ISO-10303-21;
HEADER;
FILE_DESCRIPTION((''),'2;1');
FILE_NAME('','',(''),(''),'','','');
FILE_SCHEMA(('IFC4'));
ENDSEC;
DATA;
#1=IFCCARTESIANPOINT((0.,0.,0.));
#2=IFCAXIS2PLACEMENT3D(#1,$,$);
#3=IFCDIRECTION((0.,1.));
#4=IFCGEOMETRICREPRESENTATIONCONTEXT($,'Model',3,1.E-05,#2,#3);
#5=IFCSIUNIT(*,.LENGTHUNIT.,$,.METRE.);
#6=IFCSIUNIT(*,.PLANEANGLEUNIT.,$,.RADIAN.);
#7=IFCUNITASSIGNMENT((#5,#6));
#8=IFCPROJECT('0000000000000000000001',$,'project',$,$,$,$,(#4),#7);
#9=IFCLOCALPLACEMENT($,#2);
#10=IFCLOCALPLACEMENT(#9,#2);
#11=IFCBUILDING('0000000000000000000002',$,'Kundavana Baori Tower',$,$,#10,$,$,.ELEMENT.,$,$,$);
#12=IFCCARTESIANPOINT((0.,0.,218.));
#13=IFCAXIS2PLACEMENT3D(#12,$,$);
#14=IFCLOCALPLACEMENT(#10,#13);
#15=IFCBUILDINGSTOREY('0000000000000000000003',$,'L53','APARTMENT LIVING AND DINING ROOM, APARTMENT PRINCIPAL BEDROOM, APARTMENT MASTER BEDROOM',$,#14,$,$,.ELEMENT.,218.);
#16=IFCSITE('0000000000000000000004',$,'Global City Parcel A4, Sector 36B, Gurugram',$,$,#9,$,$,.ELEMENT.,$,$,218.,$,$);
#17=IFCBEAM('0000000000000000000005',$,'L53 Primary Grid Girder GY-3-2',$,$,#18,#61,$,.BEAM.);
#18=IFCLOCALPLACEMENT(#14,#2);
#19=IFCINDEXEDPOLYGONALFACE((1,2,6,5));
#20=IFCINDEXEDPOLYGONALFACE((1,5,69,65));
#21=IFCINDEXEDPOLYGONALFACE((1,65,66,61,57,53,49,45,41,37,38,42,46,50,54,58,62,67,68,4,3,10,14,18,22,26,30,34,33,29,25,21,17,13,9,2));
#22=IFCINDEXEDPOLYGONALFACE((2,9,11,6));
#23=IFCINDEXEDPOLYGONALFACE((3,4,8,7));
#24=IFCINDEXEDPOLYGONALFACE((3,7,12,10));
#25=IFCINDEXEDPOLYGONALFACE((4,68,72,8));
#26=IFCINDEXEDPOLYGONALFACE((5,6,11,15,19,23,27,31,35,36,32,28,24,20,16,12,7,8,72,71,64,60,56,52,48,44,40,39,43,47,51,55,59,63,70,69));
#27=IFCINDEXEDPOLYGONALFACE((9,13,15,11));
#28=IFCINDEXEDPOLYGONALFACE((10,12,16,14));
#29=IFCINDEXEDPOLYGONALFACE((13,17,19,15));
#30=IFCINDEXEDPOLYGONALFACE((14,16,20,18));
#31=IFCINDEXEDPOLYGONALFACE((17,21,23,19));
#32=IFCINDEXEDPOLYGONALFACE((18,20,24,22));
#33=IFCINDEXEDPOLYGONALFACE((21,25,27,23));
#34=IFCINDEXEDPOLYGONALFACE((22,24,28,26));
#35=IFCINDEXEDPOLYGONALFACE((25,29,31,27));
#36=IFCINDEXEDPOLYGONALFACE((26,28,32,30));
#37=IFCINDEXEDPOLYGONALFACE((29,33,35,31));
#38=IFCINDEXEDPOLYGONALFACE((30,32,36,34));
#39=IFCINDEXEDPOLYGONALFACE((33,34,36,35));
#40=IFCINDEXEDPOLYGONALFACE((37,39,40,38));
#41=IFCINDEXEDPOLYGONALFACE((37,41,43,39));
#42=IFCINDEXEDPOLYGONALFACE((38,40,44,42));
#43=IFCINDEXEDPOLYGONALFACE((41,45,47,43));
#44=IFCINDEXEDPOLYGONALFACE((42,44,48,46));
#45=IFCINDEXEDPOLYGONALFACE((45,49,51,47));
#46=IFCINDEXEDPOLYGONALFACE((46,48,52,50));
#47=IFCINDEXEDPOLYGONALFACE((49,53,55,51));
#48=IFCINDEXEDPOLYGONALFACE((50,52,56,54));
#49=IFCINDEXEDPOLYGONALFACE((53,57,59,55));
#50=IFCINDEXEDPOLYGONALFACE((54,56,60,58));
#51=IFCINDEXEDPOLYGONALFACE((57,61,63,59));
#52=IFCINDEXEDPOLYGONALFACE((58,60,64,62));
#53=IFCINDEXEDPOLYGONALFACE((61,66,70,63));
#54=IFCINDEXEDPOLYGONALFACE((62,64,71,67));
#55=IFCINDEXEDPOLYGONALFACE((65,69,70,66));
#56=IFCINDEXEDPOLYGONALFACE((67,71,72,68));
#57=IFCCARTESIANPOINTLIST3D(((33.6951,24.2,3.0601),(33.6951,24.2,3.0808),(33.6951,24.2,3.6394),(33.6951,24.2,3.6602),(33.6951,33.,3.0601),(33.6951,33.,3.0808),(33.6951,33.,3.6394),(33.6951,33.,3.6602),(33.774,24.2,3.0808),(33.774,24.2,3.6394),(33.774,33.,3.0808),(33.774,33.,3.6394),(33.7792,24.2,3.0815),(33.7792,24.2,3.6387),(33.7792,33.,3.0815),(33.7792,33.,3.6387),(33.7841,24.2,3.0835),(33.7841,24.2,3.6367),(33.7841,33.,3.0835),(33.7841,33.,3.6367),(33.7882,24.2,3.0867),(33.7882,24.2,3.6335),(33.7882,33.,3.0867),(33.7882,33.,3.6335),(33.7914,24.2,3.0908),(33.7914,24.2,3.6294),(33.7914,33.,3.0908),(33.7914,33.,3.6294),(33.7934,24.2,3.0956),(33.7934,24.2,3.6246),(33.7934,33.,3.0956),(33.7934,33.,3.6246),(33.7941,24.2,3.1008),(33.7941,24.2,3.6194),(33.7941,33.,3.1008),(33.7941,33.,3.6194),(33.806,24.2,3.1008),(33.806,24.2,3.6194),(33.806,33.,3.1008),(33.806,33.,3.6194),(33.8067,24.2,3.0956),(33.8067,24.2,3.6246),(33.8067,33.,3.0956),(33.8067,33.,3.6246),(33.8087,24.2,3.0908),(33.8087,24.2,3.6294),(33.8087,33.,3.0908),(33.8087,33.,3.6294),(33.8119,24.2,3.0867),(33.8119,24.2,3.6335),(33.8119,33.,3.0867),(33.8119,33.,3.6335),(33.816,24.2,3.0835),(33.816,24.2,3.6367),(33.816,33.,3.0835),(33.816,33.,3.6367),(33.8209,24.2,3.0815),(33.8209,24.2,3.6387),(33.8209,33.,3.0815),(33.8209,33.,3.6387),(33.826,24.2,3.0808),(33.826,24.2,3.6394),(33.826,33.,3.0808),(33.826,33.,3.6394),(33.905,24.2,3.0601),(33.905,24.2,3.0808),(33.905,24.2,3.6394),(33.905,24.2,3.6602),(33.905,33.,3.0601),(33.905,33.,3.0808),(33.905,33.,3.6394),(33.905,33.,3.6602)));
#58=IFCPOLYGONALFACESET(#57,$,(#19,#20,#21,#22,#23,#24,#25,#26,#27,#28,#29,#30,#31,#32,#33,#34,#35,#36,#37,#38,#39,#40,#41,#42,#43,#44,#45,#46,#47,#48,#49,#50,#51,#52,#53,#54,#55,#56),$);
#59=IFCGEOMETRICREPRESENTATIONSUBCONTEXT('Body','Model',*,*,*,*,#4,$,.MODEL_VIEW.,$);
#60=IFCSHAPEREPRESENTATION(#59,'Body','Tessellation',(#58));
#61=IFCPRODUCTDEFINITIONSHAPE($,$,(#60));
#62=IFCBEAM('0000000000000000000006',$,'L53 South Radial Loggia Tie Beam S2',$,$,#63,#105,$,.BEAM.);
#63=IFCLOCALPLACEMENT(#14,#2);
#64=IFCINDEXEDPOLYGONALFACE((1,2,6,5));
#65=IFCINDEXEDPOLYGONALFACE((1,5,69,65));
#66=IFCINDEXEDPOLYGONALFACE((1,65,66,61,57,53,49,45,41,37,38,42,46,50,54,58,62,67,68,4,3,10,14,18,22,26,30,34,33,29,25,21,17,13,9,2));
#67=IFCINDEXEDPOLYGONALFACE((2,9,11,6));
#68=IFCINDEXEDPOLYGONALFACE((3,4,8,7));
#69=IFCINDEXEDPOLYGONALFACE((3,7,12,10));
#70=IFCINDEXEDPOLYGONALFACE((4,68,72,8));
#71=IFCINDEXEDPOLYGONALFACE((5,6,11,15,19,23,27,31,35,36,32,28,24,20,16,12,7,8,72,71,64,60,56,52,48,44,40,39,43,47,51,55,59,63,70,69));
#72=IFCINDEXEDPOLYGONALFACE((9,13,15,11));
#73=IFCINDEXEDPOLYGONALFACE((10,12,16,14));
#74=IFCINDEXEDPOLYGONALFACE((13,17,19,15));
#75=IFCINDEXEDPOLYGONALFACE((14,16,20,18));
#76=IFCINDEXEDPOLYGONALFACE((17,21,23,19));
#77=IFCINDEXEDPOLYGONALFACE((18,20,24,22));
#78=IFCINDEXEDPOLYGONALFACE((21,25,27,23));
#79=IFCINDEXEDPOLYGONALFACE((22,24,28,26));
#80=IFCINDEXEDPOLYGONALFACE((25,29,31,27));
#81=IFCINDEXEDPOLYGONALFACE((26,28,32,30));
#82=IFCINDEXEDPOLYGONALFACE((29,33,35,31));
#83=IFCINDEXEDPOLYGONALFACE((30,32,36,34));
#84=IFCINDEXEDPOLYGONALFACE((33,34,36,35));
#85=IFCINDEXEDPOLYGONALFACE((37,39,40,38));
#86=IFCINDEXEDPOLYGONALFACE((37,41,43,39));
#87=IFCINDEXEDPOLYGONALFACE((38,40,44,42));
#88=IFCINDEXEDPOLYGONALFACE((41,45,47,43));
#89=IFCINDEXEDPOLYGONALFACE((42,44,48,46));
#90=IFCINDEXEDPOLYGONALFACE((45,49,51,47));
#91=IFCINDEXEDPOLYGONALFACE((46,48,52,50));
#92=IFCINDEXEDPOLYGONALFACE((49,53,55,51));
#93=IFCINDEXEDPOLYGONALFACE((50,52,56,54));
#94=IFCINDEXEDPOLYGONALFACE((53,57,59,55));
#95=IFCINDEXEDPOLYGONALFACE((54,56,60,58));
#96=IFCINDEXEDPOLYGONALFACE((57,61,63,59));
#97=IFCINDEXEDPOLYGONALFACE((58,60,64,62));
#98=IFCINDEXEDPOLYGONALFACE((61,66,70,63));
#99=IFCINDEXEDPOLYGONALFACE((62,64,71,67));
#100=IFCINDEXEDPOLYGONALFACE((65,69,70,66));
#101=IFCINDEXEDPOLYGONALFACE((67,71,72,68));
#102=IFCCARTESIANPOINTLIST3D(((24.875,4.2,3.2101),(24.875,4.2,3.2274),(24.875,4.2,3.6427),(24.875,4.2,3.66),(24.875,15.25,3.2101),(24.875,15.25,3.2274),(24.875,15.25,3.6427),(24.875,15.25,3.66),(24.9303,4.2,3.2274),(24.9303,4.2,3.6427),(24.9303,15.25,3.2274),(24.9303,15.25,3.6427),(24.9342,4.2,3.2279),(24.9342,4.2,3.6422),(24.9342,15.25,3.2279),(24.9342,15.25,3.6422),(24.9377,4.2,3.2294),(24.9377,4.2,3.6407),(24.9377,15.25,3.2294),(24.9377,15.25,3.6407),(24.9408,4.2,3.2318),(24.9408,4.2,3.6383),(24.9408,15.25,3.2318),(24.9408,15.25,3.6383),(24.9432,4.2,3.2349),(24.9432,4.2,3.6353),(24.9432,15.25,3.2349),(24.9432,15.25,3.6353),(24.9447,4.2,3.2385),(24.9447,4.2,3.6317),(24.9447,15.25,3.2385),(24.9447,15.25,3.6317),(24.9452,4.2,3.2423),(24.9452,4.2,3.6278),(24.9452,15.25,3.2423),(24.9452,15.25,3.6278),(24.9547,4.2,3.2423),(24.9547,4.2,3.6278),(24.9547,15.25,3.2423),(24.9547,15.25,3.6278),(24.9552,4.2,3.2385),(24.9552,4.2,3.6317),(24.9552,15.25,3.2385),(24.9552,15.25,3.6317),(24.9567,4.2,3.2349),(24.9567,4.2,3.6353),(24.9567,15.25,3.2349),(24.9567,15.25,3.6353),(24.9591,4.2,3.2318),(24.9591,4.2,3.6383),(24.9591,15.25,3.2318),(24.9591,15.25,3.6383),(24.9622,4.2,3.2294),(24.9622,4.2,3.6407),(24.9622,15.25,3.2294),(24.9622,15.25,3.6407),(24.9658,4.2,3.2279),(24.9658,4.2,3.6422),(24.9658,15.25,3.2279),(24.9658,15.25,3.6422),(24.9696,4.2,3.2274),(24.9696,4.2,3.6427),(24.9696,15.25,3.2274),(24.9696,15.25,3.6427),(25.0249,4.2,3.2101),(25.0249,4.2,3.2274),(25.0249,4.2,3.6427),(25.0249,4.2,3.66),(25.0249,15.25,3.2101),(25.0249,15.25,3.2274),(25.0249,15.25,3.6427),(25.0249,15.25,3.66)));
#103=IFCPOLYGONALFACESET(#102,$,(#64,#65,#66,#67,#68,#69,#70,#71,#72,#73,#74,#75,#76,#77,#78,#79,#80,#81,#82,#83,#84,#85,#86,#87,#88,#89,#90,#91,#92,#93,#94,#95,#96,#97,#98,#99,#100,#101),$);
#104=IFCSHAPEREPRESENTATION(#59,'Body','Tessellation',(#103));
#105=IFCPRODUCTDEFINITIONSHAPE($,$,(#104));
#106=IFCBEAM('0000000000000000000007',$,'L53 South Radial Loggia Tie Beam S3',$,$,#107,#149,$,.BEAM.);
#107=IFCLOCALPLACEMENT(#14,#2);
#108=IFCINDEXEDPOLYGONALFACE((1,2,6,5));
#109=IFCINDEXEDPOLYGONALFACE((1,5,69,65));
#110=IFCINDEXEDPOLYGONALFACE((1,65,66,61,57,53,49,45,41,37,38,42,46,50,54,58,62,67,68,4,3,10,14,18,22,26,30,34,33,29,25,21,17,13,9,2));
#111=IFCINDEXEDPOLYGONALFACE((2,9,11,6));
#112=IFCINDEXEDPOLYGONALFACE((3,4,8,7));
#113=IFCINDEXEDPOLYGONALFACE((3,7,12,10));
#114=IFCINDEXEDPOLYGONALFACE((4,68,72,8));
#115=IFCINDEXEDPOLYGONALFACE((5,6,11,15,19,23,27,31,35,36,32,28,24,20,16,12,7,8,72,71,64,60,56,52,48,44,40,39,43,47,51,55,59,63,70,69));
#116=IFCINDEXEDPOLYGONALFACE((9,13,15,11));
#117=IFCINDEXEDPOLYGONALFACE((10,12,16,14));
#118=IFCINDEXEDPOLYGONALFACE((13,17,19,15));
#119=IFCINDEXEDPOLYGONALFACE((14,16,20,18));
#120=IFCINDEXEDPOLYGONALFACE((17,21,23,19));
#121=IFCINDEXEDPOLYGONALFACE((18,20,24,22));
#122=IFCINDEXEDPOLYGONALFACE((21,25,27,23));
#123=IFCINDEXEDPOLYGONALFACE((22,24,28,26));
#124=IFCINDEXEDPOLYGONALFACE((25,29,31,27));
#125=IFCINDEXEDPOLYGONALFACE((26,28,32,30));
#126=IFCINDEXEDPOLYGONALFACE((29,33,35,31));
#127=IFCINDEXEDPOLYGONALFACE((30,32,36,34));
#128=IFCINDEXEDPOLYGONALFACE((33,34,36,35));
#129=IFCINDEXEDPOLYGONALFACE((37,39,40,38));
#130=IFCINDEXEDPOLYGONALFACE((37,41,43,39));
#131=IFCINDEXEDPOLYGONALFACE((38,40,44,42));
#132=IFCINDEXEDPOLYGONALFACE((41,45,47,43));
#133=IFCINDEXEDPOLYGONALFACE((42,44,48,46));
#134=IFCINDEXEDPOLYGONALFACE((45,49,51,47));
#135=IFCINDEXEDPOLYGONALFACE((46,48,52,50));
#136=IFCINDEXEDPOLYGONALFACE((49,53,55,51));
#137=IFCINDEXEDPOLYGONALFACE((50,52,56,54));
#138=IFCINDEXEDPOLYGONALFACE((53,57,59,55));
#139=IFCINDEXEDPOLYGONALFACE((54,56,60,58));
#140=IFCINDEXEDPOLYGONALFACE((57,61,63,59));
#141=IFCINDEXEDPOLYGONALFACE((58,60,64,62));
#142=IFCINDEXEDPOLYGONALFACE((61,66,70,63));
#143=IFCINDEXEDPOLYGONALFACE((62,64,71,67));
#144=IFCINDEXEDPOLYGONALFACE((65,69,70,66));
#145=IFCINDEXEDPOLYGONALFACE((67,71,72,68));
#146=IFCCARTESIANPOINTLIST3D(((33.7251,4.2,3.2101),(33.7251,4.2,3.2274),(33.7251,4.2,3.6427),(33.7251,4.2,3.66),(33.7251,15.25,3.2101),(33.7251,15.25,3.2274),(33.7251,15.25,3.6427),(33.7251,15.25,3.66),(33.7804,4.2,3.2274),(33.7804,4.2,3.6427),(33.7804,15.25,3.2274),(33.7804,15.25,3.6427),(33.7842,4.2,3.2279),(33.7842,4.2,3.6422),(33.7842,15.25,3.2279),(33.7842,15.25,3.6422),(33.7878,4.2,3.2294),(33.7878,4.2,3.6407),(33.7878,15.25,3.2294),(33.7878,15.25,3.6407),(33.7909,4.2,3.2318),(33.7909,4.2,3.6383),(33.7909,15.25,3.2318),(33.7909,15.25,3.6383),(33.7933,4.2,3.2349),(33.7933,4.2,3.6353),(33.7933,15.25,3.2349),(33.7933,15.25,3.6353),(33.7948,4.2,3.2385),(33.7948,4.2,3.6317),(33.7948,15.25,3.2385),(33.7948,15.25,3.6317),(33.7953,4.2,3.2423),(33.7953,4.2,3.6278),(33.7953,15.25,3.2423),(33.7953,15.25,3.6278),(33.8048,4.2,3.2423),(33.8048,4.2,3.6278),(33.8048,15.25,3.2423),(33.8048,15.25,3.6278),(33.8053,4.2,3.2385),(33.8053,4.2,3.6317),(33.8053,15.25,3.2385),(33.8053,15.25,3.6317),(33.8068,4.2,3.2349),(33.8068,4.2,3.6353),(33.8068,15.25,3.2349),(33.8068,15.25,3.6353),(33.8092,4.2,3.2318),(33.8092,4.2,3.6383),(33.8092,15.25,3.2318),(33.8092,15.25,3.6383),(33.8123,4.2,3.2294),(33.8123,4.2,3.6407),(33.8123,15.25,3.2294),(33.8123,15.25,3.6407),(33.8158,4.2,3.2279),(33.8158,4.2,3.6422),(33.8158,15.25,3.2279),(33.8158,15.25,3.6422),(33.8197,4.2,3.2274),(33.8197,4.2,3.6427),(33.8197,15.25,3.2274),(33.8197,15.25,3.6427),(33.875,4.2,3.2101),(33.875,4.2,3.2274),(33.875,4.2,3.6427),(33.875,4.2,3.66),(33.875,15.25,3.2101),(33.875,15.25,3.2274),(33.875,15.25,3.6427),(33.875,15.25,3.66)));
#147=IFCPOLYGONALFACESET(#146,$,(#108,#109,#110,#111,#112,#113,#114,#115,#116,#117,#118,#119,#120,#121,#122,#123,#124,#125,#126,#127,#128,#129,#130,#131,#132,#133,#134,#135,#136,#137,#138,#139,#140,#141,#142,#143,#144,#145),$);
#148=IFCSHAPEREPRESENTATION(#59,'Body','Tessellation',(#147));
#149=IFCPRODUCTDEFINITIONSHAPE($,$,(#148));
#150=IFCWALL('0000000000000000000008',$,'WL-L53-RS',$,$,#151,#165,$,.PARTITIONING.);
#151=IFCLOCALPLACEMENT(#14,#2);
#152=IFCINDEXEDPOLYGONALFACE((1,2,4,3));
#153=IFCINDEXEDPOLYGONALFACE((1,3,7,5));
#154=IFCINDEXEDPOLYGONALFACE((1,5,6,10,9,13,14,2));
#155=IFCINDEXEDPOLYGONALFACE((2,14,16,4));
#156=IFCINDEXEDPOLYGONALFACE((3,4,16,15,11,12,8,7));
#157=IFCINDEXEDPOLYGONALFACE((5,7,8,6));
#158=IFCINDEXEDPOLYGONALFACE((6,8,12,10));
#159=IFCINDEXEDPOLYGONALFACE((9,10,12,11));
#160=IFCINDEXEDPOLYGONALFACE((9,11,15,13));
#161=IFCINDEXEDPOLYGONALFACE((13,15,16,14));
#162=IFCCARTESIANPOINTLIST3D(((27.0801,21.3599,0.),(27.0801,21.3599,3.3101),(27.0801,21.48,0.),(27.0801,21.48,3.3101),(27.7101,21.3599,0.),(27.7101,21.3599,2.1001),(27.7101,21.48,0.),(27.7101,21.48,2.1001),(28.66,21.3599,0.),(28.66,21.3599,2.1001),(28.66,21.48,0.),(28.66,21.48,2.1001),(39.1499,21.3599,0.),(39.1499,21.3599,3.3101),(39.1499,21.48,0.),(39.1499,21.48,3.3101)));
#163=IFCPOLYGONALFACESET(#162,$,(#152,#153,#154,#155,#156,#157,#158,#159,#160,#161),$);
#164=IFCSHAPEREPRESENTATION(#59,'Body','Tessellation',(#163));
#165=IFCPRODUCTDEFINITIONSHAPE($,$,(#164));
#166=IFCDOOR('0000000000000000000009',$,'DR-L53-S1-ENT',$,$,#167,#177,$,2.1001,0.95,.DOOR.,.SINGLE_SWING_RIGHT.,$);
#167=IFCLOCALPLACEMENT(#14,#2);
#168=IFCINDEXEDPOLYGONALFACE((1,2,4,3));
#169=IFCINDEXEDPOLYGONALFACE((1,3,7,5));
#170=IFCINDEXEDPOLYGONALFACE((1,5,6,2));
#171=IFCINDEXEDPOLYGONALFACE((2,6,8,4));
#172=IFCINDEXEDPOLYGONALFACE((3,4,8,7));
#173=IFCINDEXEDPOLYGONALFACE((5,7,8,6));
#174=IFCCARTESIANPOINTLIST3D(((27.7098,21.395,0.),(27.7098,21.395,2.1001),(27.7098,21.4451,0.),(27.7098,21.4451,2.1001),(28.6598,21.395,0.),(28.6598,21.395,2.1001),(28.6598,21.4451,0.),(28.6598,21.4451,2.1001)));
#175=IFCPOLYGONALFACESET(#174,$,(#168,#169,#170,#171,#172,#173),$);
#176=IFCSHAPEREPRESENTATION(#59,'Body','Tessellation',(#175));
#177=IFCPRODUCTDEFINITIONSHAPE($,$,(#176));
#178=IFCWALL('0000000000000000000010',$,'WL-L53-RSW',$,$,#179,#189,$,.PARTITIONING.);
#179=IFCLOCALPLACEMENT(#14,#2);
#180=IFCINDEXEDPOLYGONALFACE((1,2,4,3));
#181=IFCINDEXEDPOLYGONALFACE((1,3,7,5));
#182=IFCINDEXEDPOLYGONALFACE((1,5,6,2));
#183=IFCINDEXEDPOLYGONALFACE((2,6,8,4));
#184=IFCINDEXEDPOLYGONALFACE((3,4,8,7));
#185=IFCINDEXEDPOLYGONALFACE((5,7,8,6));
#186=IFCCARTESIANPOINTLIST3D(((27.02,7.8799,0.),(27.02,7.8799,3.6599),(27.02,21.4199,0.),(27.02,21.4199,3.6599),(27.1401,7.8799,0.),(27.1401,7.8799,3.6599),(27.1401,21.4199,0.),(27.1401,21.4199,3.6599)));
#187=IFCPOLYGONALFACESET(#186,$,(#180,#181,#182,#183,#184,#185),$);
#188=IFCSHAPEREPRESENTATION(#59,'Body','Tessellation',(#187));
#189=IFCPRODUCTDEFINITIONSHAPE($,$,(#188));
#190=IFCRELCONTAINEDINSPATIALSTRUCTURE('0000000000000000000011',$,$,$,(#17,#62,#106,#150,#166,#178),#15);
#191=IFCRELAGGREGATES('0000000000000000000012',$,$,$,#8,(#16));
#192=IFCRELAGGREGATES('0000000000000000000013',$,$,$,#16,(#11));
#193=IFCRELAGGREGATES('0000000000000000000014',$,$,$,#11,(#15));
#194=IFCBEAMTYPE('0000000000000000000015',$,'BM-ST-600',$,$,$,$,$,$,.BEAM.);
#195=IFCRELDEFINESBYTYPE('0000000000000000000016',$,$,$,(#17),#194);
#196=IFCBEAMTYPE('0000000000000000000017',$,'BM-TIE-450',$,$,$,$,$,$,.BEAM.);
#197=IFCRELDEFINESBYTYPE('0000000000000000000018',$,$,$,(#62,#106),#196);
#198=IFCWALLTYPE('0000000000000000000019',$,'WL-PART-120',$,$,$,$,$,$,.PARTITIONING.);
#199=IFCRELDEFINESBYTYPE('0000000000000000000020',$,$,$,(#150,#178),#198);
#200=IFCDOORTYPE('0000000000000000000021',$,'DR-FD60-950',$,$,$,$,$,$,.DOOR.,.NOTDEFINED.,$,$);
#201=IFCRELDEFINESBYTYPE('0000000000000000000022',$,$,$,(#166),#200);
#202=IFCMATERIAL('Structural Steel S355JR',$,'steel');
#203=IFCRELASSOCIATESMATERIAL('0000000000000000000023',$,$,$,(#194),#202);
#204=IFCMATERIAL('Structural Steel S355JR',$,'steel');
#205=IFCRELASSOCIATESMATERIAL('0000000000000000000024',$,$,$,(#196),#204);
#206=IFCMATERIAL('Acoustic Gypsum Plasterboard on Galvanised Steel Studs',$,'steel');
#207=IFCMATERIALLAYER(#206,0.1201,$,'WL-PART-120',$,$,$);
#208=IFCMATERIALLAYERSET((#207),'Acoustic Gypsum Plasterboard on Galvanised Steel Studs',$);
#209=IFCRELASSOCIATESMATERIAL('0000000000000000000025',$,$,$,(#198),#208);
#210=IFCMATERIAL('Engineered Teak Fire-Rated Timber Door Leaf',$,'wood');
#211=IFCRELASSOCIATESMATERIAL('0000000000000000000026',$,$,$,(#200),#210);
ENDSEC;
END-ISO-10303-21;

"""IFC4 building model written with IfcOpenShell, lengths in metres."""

from ifc_helpers import new_model, si_unit, direction, frame, frame_2d, origin, origin_2d, place, context, subcontext, project, spatial, rectangle, i_section, extrude, material, layer, layer_set, material_profile, profile_set, type_object, element, fill, save


model = new_model("IFC4")

# Units and contexts
model_context = context("Model", 3, precision=1e-05, world=origin(), true_north=direction((0.0, 1.0)))
body_context = subcontext(model_context, "Body", "Model", "MODEL_VIEW")
ifc_project = project(units=[si_unit("LENGTHUNIT", "METRE"), si_unit("PLANEANGLEUNIT", "RADIAN")], contexts=[model_context])

# Site, building, storey
site_placement = place(None, origin())
site = spatial("IfcSite", under=ifc_project, at=site_placement, Name="Global City Parcel A4, Sector 36B, Gurugram", CompositionType="ELEMENT", RefElevation=218.0)
building_placement = place(site_placement, origin())
building = spatial("IfcBuilding", under=site, at=building_placement, Name="Kundavana Baori Tower", CompositionType="ELEMENT")
storey_placement = place(building_placement, frame((0.0, 0.0, 218.0)))
storey = spatial("IfcBuildingStorey", under=building, at=storey_placement, Name="L53", Description="APARTMENT LIVING AND DINING ROOM, APARTMENT PRINCIPAL BEDROOM, APARTMENT MASTER BEDROOM", CompositionType="ELEMENT", Elevation=218.0)

# Beams
ifc_material_1 = material(Name="Structural Steel S355JR", Category="steel")
ifc_material_profile_1 = material_profile(ifc_material_1, i_section(OverallWidth=0.21, OverallDepth=0.6001, WebThickness=0.012, FlangeThickness=0.0208, FilletRadius=0.02, at=origin_2d()), Name="ISMB 600")
ifc_profile_set_1 = profile_set([ifc_material_profile_1], Name="Structural Steel S355JR")
beam_type_1 = type_object("IfcBeamType", Name="BM-ST-600", PredefinedType="BEAM", material=ifc_profile_set_1)
beam_1_placement = place(storey_placement, frame((33.8, 24.2, 3.3601), z_axis=(0.0, 1.0, 0.0), x_axis=(-1.0, 0.0, 0.0)))
element("IfcBeam", 1, at=beam_1_placement, inside=storey, type_object=beam_type_1, Name="L53 Primary Grid Girder GY-3-2", PredefinedType="BEAM", context=body_context, shape_type="SweptSolid", body=[
    extrude(i_section(OverallWidth=0.21, OverallDepth=0.6001, WebThickness=0.012, FlangeThickness=0.0208, FilletRadius=0.02, at=origin_2d()), origin(), (0.0, 0.0, 1.0), 8.8),
])
ifc_material_2 = material(Name="Structural Steel S355JR", Category="steel")
ifc_material_profile_2 = material_profile(ifc_material_2, i_section(OverallWidth=0.1499, OverallDepth=0.45, WebThickness=0.0095, FlangeThickness=0.0173, FilletRadius=0.0149, at=origin_2d()), Name="ISMB 450")
ifc_profile_set_2 = profile_set([ifc_material_profile_2], Name="Structural Steel S355JR")
beam_type_2 = type_object("IfcBeamType", Name="BM-TIE-450", PredefinedType="BEAM", material=ifc_profile_set_2)
for number, where, z_axis, x_axis, name in (
    (2, (24.95, 15.25, 3.4351), (0.0, -1.0, 0.0), (1.0, 0.0, 0.0), "L53 South Radial Loggia Tie Beam S2"),
    (3, (33.8, 15.25, 3.4351), (0.0, -1.0, 0.0), (1.0, 0.0, 0.0), "L53 South Radial Loggia Tie Beam S3"),
):
    element("IfcBeam", number, at=place(storey_placement, frame(where, z_axis=z_axis, x_axis=x_axis)), inside=storey, type_object=beam_type_2, Name=name, PredefinedType="BEAM", context=body_context, shape_type="SweptSolid", body=[
        extrude(i_section(OverallWidth=0.1499, OverallDepth=0.45, WebThickness=0.0095, FlangeThickness=0.0173, FilletRadius=0.0149, at=origin_2d()), origin(), (0.0, 0.0, 1.0), 11.05),
    ])

# Wall, opening, door
ifc_material_3 = material(Name="Acoustic Gypsum Plasterboard on Galvanised Steel Studs", Category="steel")
ifc_layer = layer(ifc_material_3, 0.1201, Name="WL-PART-120")
ifc_layer_set = layer_set([ifc_layer], Name="Acoustic Gypsum Plasterboard on Galvanised Steel Studs")
wall_type = type_object("IfcWallType", Name="WL-PART-120", PredefinedType="PARTITIONING", material=ifc_layer_set)
wall_1_placement = place(storey_placement, frame((27.0801, 21.4199, 0.0), z_axis=(0.0, 0.0, 1.0), x_axis=(1.0, 0.0, 0.0)))
wall_1 = element("IfcWall", 4, at=wall_1_placement, inside=storey, type_object=wall_type, Name="WL-L53-RS", PredefinedType="PARTITIONING", context=body_context, shape_type="SweptSolid", body=[
    extrude(rectangle(XDim=12.0698, YDim=0.1201, at=frame_2d((6.0349, 0.0))), origin(), (0.0, 0.0, 1.0), 3.3101),
])
opening_1_placement = place(wall_1_placement, frame((0.6299, 0.0, 0.0)))
opening_1 = element("IfcOpeningElement", 5, at=opening_1_placement, cuts=wall_1, PredefinedType="OPENING", context=body_context, shape_type="SweptSolid", body=[
    extrude(rectangle(XDim=0.95, YDim=2.1001, at=frame_2d((0.4751, 1.05))), frame((0.0, 0.0701, 0.0), z_axis=(0.0, -1.0, 0.0), x_axis=(1.0, 0.0, 0.0)), (0.0, 0.0, 1.0), 0.1401),
])
ifc_material_4 = material(Name="Engineered Teak Fire-Rated Timber Door Leaf", Category="wood")
door_type_1 = type_object("IfcDoorType", Name="DR-FD60-950", OperationType="NOTDEFINED", PredefinedType="DOOR", material=ifc_material_4)
door_1_placement = place(opening_1_placement, frame((0.95, 0.0, 0.0), z_axis=(0.0, 0.0, 1.0), x_axis=(-1.0, 0.0, 0.0)))
door_1 = element("IfcDoor", 6, at=door_1_placement, inside=storey, type_object=door_type_1, Name="DR-L53-S1-ENT", OperationType="SINGLE_SWING_RIGHT", OverallHeight=2.1001, OverallWidth=0.95, PredefinedType="DOOR", context=body_context, shape_type="SweptSolid", body=[
    extrude(rectangle(XDim=0.95, YDim=2.1001, at=frame_2d((0.4751, 1.05))), frame((0.0, 0.0249, 0.0), z_axis=(0.0, -1.0, 0.0), x_axis=(1.0, 0.0, 0.0)), (0.0, 0.0, 1.0), 0.05),
])
fill(opening_1, door_1)

# Wall
wall_2_placement = place(storey_placement, frame((27.0801, 7.8799, 0.0), z_axis=(0.0, 0.0, 1.0), x_axis=(0.0, 1.0, 0.0)))
element("IfcWall", 7, at=wall_2_placement, inside=storey, type_object=wall_type, Name="WL-L53-RSW", PredefinedType="PARTITIONING", context=body_context, shape_type="SweptSolid", body=[
    extrude(rectangle(XDim=13.54, YDim=0.1201, at=frame_2d((6.77, 0.0))), origin(), (0.0, 0.0, 1.0), 3.6599),
])

save(model, "model.ifc")
